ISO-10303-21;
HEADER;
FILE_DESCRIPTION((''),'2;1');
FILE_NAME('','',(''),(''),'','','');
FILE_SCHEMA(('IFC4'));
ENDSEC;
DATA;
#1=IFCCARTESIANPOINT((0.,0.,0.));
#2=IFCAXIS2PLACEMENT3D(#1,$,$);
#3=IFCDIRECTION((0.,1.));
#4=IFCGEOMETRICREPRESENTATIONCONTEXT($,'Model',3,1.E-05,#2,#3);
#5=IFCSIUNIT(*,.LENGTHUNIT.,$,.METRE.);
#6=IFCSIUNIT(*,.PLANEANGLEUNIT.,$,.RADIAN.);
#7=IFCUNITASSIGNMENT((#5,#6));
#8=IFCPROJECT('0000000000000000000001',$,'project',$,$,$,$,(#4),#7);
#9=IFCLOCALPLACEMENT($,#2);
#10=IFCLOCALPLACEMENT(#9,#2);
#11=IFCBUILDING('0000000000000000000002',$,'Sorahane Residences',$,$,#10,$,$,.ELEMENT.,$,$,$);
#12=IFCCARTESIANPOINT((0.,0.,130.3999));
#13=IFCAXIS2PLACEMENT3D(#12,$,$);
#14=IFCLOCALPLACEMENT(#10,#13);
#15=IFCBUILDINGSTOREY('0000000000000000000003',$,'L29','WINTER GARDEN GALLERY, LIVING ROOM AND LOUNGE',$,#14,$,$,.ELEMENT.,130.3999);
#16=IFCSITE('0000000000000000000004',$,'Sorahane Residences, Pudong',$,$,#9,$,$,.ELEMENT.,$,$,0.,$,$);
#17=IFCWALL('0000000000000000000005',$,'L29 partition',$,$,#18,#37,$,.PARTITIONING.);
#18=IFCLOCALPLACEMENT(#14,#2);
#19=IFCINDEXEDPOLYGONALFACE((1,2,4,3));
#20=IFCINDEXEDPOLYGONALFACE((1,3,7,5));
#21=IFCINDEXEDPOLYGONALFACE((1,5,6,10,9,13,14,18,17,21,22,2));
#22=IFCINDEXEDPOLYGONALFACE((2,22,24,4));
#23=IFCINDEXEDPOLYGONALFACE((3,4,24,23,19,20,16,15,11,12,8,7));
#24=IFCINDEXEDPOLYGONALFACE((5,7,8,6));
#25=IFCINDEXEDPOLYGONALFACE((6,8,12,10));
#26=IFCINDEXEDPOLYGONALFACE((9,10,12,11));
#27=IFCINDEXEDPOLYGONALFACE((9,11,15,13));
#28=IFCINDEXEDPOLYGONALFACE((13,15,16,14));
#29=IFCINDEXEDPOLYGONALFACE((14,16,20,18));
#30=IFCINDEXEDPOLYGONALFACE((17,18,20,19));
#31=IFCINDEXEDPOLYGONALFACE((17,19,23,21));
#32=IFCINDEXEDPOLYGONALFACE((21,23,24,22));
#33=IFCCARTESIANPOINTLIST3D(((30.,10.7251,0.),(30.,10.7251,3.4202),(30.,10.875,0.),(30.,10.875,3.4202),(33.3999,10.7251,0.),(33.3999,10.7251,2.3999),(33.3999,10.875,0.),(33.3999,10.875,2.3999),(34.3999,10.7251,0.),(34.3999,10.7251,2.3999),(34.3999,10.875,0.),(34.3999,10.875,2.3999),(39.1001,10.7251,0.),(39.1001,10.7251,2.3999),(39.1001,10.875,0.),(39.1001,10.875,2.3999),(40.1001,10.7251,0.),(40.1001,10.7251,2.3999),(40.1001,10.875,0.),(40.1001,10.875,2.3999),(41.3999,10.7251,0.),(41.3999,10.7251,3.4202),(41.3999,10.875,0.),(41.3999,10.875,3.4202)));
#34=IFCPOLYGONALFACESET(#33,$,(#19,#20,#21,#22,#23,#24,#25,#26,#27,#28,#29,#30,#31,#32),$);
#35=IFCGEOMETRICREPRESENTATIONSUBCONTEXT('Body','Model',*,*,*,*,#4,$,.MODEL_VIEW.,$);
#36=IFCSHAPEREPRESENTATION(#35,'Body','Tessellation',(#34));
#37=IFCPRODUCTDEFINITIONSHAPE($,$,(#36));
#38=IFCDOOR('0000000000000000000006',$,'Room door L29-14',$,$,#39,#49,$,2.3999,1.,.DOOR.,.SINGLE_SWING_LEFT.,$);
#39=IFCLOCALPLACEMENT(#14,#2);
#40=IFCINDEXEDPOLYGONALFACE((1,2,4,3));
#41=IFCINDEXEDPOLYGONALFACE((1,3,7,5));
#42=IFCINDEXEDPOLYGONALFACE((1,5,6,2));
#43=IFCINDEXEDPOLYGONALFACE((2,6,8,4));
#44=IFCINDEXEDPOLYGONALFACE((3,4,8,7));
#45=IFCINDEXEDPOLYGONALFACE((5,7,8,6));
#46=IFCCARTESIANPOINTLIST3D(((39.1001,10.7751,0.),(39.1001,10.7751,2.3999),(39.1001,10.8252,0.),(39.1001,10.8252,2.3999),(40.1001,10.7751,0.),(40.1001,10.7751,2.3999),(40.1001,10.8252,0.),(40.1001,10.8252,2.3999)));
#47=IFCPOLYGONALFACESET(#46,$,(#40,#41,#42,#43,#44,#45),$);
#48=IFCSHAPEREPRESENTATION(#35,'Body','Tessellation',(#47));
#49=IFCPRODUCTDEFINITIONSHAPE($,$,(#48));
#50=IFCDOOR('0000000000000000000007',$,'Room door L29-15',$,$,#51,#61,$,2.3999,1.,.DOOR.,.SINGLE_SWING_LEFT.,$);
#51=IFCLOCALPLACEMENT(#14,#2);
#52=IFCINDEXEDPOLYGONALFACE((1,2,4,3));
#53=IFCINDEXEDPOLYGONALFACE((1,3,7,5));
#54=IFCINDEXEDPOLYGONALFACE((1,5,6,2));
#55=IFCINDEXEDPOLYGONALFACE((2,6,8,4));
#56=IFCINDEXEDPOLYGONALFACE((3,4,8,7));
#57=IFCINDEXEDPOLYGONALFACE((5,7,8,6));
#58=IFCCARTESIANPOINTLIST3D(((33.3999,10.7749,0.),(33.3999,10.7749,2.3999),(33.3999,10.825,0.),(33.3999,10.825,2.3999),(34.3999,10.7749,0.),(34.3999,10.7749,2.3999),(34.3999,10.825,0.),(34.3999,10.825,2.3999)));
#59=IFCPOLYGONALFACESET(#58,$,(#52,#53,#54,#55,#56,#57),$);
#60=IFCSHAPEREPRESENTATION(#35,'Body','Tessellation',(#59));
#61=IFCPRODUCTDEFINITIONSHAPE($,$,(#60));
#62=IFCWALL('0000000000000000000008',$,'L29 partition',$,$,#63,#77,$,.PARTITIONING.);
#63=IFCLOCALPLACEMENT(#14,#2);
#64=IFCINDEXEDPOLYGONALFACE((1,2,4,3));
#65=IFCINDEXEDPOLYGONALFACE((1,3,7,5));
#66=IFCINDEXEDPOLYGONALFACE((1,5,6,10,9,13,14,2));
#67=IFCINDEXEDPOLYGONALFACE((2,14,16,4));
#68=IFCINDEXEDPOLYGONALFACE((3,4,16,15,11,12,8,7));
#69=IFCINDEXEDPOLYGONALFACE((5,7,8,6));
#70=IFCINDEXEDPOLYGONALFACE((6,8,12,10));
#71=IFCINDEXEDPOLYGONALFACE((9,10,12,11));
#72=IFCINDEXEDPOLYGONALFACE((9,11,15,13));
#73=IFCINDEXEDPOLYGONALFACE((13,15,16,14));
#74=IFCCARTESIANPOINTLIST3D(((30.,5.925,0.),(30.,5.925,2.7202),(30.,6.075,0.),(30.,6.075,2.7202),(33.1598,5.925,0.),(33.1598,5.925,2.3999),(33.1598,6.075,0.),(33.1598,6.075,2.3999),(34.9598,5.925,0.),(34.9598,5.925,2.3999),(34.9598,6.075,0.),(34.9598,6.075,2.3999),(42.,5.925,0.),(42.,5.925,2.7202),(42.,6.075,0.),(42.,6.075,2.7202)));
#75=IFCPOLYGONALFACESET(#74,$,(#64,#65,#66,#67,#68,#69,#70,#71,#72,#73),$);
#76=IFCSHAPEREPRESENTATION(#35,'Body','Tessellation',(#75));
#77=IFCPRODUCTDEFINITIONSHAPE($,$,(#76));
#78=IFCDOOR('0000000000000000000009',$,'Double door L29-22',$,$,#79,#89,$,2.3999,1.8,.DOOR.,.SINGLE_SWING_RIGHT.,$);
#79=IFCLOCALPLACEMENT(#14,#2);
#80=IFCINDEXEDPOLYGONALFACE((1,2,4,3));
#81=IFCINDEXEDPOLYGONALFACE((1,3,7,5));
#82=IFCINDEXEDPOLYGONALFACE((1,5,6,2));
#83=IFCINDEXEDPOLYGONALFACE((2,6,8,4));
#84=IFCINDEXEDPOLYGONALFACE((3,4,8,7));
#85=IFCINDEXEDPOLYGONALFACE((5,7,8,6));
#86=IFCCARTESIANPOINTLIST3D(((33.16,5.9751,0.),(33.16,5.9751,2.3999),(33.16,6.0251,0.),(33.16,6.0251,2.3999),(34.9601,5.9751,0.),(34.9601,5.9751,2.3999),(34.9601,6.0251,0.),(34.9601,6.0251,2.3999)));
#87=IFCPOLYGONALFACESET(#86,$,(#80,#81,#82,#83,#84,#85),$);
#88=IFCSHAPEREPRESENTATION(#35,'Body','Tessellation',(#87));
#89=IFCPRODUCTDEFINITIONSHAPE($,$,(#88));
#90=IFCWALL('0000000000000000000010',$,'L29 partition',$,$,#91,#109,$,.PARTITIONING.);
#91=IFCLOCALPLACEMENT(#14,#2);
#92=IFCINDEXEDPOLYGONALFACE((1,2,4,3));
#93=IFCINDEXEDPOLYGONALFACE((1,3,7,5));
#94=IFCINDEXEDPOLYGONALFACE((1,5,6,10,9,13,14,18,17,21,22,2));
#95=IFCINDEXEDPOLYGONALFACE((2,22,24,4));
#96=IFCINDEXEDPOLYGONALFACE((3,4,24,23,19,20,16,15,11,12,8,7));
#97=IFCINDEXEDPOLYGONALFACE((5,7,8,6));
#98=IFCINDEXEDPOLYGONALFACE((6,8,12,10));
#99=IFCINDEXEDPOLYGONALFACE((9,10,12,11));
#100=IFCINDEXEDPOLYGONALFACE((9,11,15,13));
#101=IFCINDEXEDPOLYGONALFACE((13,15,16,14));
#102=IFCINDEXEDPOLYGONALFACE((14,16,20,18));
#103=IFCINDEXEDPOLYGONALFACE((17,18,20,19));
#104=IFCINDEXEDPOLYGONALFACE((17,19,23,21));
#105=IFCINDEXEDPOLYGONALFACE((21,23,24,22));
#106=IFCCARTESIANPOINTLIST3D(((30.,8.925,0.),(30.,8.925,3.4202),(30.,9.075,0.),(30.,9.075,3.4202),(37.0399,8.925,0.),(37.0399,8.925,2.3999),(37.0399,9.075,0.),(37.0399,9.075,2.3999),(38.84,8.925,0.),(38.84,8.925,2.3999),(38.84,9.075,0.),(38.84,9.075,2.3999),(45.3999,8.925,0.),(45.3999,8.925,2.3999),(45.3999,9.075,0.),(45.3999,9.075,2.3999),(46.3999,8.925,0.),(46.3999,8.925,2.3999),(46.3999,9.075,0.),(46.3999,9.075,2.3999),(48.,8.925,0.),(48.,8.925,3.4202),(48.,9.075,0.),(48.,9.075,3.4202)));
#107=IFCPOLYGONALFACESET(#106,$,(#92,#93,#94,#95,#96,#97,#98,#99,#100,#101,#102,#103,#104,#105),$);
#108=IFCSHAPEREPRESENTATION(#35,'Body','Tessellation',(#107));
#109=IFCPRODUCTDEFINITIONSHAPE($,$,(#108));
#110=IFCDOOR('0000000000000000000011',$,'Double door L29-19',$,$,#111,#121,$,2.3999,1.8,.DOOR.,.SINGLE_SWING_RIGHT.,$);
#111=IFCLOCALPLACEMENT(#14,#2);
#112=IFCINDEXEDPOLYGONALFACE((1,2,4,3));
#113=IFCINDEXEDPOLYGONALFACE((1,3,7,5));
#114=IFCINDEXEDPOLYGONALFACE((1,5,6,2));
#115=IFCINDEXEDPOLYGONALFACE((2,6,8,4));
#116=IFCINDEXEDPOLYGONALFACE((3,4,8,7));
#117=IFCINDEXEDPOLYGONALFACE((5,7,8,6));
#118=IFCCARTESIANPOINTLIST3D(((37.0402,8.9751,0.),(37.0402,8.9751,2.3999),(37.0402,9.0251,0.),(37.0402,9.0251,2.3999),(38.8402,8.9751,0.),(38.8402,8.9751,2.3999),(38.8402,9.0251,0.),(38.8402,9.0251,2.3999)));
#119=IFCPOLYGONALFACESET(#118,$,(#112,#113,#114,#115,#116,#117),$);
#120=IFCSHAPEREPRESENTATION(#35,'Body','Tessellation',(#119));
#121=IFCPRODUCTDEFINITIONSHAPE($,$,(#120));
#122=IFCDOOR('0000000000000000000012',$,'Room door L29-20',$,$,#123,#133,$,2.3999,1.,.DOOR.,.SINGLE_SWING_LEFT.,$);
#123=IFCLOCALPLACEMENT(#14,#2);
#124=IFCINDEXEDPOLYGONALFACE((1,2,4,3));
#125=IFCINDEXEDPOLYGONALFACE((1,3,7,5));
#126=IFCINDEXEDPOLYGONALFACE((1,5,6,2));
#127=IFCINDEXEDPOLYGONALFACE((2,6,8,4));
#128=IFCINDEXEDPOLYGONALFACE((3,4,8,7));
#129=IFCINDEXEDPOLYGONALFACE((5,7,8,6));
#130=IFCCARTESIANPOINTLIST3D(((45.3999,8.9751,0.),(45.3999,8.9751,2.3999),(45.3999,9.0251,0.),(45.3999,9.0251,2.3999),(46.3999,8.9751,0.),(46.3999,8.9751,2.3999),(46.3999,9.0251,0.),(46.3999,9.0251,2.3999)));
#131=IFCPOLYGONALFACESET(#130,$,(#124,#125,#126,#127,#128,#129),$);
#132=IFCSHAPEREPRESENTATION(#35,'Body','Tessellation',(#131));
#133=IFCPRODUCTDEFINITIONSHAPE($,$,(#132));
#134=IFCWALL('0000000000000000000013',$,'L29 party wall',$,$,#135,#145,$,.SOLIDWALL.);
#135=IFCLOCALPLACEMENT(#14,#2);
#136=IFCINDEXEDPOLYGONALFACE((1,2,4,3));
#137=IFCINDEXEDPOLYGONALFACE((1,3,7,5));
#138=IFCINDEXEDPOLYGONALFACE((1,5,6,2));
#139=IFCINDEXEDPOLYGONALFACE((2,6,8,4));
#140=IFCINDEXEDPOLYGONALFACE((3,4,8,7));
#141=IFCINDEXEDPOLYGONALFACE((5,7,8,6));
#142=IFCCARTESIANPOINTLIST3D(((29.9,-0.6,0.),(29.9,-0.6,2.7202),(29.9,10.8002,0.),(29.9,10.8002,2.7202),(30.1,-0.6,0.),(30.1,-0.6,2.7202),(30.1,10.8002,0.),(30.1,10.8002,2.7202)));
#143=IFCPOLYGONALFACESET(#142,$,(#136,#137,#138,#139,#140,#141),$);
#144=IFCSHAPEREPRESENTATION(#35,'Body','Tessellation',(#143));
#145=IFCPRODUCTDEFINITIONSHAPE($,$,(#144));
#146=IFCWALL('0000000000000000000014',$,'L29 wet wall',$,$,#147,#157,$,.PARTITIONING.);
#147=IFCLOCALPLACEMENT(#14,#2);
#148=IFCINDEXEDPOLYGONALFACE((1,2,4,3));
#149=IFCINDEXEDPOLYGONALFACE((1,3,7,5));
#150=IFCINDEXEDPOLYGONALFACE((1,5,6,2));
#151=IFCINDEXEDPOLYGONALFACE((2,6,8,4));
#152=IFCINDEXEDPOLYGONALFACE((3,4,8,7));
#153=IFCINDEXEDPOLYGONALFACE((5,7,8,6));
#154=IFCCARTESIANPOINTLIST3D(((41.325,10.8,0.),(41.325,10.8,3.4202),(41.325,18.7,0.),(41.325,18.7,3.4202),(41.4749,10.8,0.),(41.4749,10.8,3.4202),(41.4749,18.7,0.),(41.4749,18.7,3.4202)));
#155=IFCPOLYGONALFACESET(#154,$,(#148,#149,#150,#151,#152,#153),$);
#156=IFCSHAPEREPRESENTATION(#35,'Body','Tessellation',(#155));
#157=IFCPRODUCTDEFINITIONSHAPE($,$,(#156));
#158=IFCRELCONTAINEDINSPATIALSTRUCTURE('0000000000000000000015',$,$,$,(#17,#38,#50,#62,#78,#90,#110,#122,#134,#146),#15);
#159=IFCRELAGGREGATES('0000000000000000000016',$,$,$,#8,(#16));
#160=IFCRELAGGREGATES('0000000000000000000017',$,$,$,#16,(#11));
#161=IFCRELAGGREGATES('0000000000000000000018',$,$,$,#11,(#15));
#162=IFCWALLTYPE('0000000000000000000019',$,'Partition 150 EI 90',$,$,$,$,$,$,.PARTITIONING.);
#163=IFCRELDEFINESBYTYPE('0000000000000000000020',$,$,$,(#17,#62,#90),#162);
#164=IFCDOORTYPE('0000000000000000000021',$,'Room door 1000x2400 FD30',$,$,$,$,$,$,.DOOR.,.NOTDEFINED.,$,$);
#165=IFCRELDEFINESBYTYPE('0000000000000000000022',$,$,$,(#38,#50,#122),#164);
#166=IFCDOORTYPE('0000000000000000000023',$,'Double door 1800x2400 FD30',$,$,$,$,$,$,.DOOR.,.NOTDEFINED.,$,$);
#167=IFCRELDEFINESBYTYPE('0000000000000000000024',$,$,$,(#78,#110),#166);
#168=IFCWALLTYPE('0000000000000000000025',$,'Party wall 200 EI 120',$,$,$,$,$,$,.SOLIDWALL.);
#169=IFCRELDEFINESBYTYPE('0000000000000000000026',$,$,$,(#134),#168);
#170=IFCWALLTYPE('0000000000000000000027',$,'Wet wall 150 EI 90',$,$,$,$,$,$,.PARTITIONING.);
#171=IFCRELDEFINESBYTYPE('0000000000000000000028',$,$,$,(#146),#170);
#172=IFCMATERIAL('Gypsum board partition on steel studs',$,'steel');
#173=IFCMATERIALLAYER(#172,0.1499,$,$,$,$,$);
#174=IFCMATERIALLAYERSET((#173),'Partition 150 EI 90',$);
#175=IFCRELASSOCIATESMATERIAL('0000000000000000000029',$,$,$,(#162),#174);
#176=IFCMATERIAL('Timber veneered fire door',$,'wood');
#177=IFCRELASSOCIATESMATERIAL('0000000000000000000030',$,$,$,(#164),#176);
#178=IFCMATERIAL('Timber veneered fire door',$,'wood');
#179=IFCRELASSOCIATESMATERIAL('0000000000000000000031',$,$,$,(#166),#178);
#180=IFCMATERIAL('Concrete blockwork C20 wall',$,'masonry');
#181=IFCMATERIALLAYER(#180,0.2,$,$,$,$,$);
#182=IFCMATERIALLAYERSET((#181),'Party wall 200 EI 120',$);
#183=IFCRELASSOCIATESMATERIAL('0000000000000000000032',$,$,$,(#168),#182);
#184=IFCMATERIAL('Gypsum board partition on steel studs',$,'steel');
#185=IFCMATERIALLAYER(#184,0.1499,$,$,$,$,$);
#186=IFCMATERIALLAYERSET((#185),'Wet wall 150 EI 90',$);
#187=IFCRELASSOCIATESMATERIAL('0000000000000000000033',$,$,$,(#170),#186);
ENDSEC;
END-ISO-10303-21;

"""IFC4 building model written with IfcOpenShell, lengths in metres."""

from ifc_helpers import new_model, si_unit, direction, frame, frame_2d, origin, place, context, subcontext, project, spatial, rectangle, extrude, material, layer, layer_set, type_object, element, fill, save


model = new_model("IFC4")

# Units and contexts
model_context = context("Model", 3, precision=1e-05, world=origin(), true_north=direction((0.0, 1.0)))
body_context = subcontext(model_context, "Body", "Model", "MODEL_VIEW")
ifc_project = project(units=[si_unit("LENGTHUNIT", "METRE"), si_unit("PLANEANGLEUNIT", "RADIAN")], contexts=[model_context])

# Site, building, storey
site_placement = place(None, origin())
site = spatial("IfcSite", under=ifc_project, at=site_placement, Name="Sorahane Residences, Pudong", CompositionType="ELEMENT", RefElevation=0.0)
building_placement = place(site_placement, origin())
building = spatial("IfcBuilding", under=site, at=building_placement, Name="Sorahane Residences", CompositionType="ELEMENT")
storey_placement = place(building_placement, frame((0.0, 0.0, 130.3999)))
storey = spatial("IfcBuildingStorey", under=building, at=storey_placement, Name="L29", Description="WINTER GARDEN GALLERY, LIVING ROOM AND LOUNGE", CompositionType="ELEMENT", Elevation=130.3999)

# Shared definitions
ifc_material_1 = material(Name="Gypsum board partition on steel studs", Category="steel")
ifc_layer_1 = layer(ifc_material_1, 0.1499)
ifc_layer_set_1 = layer_set([ifc_layer_1], Name="Partition 150 EI 90")
wall_type_1 = type_object("IfcWallType", Name="Partition 150 EI 90", PredefinedType="PARTITIONING", material=ifc_layer_set_1)

# Wall, openings, doors
wall_1_placement = place(storey_placement, frame((30.0, 10.8, 0.0), z_axis=(0.0, 0.0, 1.0), x_axis=(1.0, 0.0, 0.0)))
wall_1 = element("IfcWall", 1, at=wall_1_placement, inside=storey, type_object=wall_type_1, Name="L29 partition", PredefinedType="PARTITIONING", context=body_context, shape_type="SweptSolid", body=[
    extrude(rectangle(XDim=11.3999, YDim=0.1499, at=frame_2d((5.7, 0.0))), origin(), (0.0, 0.0, 1.0), 3.4202),
])
opening_1_placement = place(wall_1_placement, frame((9.1001, 0.0, 0.0)))
opening_1 = element("IfcOpeningElement", 2, at=opening_1_placement, cuts=wall_1, PredefinedType="OPENING", context=body_context, shape_type="SweptSolid", body=[
    extrude(rectangle(XDim=1.0, YDim=2.3999, at=frame_2d((0.5, 1.2))), frame((0.0, 0.085, 0.0), z_axis=(0.0, -1.0, 0.0), x_axis=(1.0, 0.0, 0.0)), (0.0, 0.0, 1.0), 0.1699),
])
opening_2_placement = place(wall_1_placement, frame((3.3999, 0.0, 0.0)))
opening_2 = element("IfcOpeningElement", 3, at=opening_2_placement, cuts=wall_1, PredefinedType="OPENING", context=body_context, shape_type="SweptSolid", body=[
    extrude(rectangle(XDim=1.0, YDim=2.3999, at=frame_2d((0.5, 1.2))), frame((0.0, 0.085, 0.0), z_axis=(0.0, -1.0, 0.0), x_axis=(1.0, 0.0, 0.0)), (0.0, 0.0, 1.0), 0.1699),
])
ifc_material_2 = material(Name="Timber veneered fire door", Category="wood")
door_type_1 = type_object("IfcDoorType", Name="Room door 1000x2400 FD30", OperationType="NOTDEFINED", PredefinedType="DOOR", material=ifc_material_2)
door_1_placement = place(opening_1_placement, frame((1.0, 0.0, 0.0), z_axis=(0.0, 0.0, 1.0), x_axis=(-1.0, 0.0, 0.0)))
door_1 = element("IfcDoor", 4, at=door_1_placement, inside=storey, type_object=door_type_1, Name="Room door L29-14", OperationType="SINGLE_SWING_LEFT", OverallHeight=2.3999, OverallWidth=1.0, PredefinedType="DOOR", context=body_context, shape_type="SweptSolid", body=[
    extrude(rectangle(XDim=1.0, YDim=2.3999, at=frame_2d((0.5, 1.2))), frame((0.0, 0.0249, 0.0), z_axis=(0.0, -1.0, 0.0), x_axis=(1.0, 0.0, 0.0)), (0.0, 0.0, 1.0), 0.05),
])
fill(opening_1, door_1)
door_2_placement = place(opening_2_placement, origin())
door_2 = element("IfcDoor", 5, at=door_2_placement, inside=storey, type_object=door_type_1, Name="Room door L29-15", OperationType="SINGLE_SWING_LEFT", OverallHeight=2.3999, OverallWidth=1.0, PredefinedType="DOOR", context=body_context, shape_type="SweptSolid", body=[
    extrude(rectangle(XDim=1.0, YDim=2.3999, at=frame_2d((0.5, 1.2))), frame((0.0, 0.0249, 0.0), z_axis=(0.0, -1.0, 0.0), x_axis=(1.0, 0.0, 0.0)), (0.0, 0.0, 1.0), 0.05),
])
fill(opening_2, door_2)

# Wall, opening, door
wall_2_placement = place(storey_placement, frame((30.0, 6.0, 0.0), z_axis=(0.0, 0.0, 1.0), x_axis=(1.0, 0.0, 0.0)))
wall_2 = element("IfcWall", 6, at=wall_2_placement, inside=storey, type_object=wall_type_1, Name="L29 partition", PredefinedType="PARTITIONING", context=body_context, shape_type="SweptSolid", body=[
    extrude(rectangle(XDim=12.0, YDim=0.1499, at=frame_2d((6.0, 0.0))), origin(), (0.0, 0.0, 1.0), 2.7202),
])
opening_3_placement = place(wall_2_placement, frame((3.1599, 0.0, 0.0)))
opening_3 = element("IfcOpeningElement", 7, at=opening_3_placement, cuts=wall_2, PredefinedType="OPENING", context=body_context, shape_type="SweptSolid", body=[
    extrude(rectangle(XDim=1.8, YDim=2.3999, at=frame_2d((0.8999, 1.2))), frame((0.0, 0.085, 0.0), z_axis=(0.0, -1.0, 0.0), x_axis=(1.0, 0.0, 0.0)), (0.0, 0.0, 1.0), 0.1699),
])
ifc_material_3 = material(Name="Timber veneered fire door", Category="wood")
door_type_2 = type_object("IfcDoorType", Name="Double door 1800x2400 FD30", OperationType="NOTDEFINED", PredefinedType="DOOR", material=ifc_material_3)
door_3_placement = place(opening_3_placement, frame((1.8, 0.0, 0.0), z_axis=(0.0, 0.0, 1.0), x_axis=(-1.0, 0.0, 0.0)))
door_3 = element("IfcDoor", 8, at=door_3_placement, inside=storey, type_object=door_type_2, Name="Double door L29-22", OperationType="SINGLE_SWING_RIGHT", OverallHeight=2.3999, OverallWidth=1.8, PredefinedType="DOOR", context=body_context, shape_type="SweptSolid", body=[
    extrude(rectangle(XDim=1.8, YDim=2.3999, at=frame_2d((0.8999, 1.2))), frame((0.0, 0.0249, 0.0), z_axis=(0.0, -1.0, 0.0), x_axis=(1.0, 0.0, 0.0)), (0.0, 0.0, 1.0), 0.05),
])
fill(opening_3, door_3)

# Wall, openings, doors
wall_3_placement = place(storey_placement, frame((30.0, 9.0, 0.0), z_axis=(0.0, 0.0, 1.0), x_axis=(1.0, 0.0, 0.0)))
wall_3 = element("IfcWall", 9, at=wall_3_placement, inside=storey, type_object=wall_type_1, Name="L29 partition", PredefinedType="PARTITIONING", context=body_context, shape_type="SweptSolid", body=[
    extrude(rectangle(XDim=18.0, YDim=0.1499, at=frame_2d((9.0, 0.0))), origin(), (0.0, 0.0, 1.0), 3.4202),
])
opening_4_placement = place(wall_3_placement, frame((7.04, 0.0, 0.0)))
opening_4 = element("IfcOpeningElement", 10, at=opening_4_placement, cuts=wall_3, PredefinedType="OPENING", context=body_context, shape_type="SweptSolid", body=[
    extrude(rectangle(XDim=1.8, YDim=2.3999, at=frame_2d((0.8999, 1.2))), frame((0.0, 0.085, 0.0), z_axis=(0.0, -1.0, 0.0), x_axis=(1.0, 0.0, 0.0)), (0.0, 0.0, 1.0), 0.1699),
])
opening_5_placement = place(wall_3_placement, frame((15.3999, 0.0, 0.0)))
opening_5 = element("IfcOpeningElement", 11, at=opening_5_placement, cuts=wall_3, PredefinedType="OPENING", context=body_context, shape_type="SweptSolid", body=[
    extrude(rectangle(XDim=1.0, YDim=2.3999, at=frame_2d((0.5, 1.2))), frame((0.0, 0.085, 0.0), z_axis=(0.0, -1.0, 0.0), x_axis=(1.0, 0.0, 0.0)), (0.0, 0.0, 1.0), 0.1699),
])
door_4_placement = place(opening_4_placement, frame((1.8, 0.0, 0.0), z_axis=(0.0, 0.0, 1.0), x_axis=(-1.0, 0.0, 0.0)))
door_4 = element("IfcDoor", 12, at=door_4_placement, inside=storey, type_object=door_type_2, Name="Double door L29-19", OperationType="SINGLE_SWING_RIGHT", OverallHeight=2.3999, OverallWidth=1.8, PredefinedType="DOOR", context=body_context, shape_type="SweptSolid", body=[
    extrude(rectangle(XDim=1.8, YDim=2.3999, at=frame_2d((0.8999, 1.2))), frame((0.0, 0.0249, 0.0), z_axis=(0.0, -1.0, 0.0), x_axis=(1.0, 0.0, 0.0)), (0.0, 0.0, 1.0), 0.05),
])
fill(opening_4, door_4)
door_5_placement = place(opening_5_placement, frame((1.0, 0.0, 0.0), z_axis=(0.0, 0.0, 1.0), x_axis=(-1.0, 0.0, 0.0)))
door_5 = element("IfcDoor", 13, at=door_5_placement, inside=storey, type_object=door_type_1, Name="Room door L29-20", OperationType="SINGLE_SWING_LEFT", OverallHeight=2.3999, OverallWidth=1.0, PredefinedType="DOOR", context=body_context, shape_type="SweptSolid", body=[
    extrude(rectangle(XDim=1.0, YDim=2.3999, at=frame_2d((0.5, 1.2))), frame((0.0, 0.0249, 0.0), z_axis=(0.0, -1.0, 0.0), x_axis=(1.0, 0.0, 0.0)), (0.0, 0.0, 1.0), 0.05),
])
fill(opening_5, door_5)

# Walls
ifc_material_4 = material(Name="Concrete blockwork C20 wall", Category="masonry")
ifc_layer_2 = layer(ifc_material_4, 0.2)
ifc_layer_set_2 = layer_set([ifc_layer_2], Name="Party wall 200 EI 120")
wall_type_2 = type_object("IfcWallType", Name="Party wall 200 EI 120", PredefinedType="SOLIDWALL", material=ifc_layer_set_2)
wall_4_placement = place(storey_placement, frame((30.0, -0.6001, 0.0), z_axis=(0.0, 0.0, 1.0), x_axis=(0.0, 1.0, 0.0)))
element("IfcWall", 14, at=wall_4_placement, inside=storey, type_object=wall_type_2, Name="L29 party wall", PredefinedType="SOLIDWALL", context=body_context, shape_type="SweptSolid", body=[
    extrude(rectangle(XDim=11.4001, YDim=0.2, at=frame_2d((5.7002, 0.0))), origin(), (0.0, 0.0, 1.0), 2.7202),
])
ifc_material_5 = material(Name="Gypsum board partition on steel studs", Category="steel")
ifc_layer_3 = layer(ifc_material_5, 0.1499)
ifc_layer_set_3 = layer_set([ifc_layer_3], Name="Wet wall 150 EI 90")
wall_type_3 = type_object("IfcWallType", Name="Wet wall 150 EI 90", PredefinedType="PARTITIONING", material=ifc_layer_set_3)
wall_5_placement = place(storey_placement, frame((41.3999, 10.8, 0.0), z_axis=(0.0, 0.0, 1.0), x_axis=(0.0, 1.0, 0.0)))
element("IfcWall", 15, at=wall_5_placement, inside=storey, type_object=wall_type_3, Name="L29 wet wall", PredefinedType="PARTITIONING", context=body_context, shape_type="SweptSolid", body=[
    extrude(rectangle(XDim=7.8999, YDim=0.1499, at=frame_2d((3.95, 0.0))), origin(), (0.0, 0.0, 1.0), 3.4202),
])

save(model, "model.ifc")
